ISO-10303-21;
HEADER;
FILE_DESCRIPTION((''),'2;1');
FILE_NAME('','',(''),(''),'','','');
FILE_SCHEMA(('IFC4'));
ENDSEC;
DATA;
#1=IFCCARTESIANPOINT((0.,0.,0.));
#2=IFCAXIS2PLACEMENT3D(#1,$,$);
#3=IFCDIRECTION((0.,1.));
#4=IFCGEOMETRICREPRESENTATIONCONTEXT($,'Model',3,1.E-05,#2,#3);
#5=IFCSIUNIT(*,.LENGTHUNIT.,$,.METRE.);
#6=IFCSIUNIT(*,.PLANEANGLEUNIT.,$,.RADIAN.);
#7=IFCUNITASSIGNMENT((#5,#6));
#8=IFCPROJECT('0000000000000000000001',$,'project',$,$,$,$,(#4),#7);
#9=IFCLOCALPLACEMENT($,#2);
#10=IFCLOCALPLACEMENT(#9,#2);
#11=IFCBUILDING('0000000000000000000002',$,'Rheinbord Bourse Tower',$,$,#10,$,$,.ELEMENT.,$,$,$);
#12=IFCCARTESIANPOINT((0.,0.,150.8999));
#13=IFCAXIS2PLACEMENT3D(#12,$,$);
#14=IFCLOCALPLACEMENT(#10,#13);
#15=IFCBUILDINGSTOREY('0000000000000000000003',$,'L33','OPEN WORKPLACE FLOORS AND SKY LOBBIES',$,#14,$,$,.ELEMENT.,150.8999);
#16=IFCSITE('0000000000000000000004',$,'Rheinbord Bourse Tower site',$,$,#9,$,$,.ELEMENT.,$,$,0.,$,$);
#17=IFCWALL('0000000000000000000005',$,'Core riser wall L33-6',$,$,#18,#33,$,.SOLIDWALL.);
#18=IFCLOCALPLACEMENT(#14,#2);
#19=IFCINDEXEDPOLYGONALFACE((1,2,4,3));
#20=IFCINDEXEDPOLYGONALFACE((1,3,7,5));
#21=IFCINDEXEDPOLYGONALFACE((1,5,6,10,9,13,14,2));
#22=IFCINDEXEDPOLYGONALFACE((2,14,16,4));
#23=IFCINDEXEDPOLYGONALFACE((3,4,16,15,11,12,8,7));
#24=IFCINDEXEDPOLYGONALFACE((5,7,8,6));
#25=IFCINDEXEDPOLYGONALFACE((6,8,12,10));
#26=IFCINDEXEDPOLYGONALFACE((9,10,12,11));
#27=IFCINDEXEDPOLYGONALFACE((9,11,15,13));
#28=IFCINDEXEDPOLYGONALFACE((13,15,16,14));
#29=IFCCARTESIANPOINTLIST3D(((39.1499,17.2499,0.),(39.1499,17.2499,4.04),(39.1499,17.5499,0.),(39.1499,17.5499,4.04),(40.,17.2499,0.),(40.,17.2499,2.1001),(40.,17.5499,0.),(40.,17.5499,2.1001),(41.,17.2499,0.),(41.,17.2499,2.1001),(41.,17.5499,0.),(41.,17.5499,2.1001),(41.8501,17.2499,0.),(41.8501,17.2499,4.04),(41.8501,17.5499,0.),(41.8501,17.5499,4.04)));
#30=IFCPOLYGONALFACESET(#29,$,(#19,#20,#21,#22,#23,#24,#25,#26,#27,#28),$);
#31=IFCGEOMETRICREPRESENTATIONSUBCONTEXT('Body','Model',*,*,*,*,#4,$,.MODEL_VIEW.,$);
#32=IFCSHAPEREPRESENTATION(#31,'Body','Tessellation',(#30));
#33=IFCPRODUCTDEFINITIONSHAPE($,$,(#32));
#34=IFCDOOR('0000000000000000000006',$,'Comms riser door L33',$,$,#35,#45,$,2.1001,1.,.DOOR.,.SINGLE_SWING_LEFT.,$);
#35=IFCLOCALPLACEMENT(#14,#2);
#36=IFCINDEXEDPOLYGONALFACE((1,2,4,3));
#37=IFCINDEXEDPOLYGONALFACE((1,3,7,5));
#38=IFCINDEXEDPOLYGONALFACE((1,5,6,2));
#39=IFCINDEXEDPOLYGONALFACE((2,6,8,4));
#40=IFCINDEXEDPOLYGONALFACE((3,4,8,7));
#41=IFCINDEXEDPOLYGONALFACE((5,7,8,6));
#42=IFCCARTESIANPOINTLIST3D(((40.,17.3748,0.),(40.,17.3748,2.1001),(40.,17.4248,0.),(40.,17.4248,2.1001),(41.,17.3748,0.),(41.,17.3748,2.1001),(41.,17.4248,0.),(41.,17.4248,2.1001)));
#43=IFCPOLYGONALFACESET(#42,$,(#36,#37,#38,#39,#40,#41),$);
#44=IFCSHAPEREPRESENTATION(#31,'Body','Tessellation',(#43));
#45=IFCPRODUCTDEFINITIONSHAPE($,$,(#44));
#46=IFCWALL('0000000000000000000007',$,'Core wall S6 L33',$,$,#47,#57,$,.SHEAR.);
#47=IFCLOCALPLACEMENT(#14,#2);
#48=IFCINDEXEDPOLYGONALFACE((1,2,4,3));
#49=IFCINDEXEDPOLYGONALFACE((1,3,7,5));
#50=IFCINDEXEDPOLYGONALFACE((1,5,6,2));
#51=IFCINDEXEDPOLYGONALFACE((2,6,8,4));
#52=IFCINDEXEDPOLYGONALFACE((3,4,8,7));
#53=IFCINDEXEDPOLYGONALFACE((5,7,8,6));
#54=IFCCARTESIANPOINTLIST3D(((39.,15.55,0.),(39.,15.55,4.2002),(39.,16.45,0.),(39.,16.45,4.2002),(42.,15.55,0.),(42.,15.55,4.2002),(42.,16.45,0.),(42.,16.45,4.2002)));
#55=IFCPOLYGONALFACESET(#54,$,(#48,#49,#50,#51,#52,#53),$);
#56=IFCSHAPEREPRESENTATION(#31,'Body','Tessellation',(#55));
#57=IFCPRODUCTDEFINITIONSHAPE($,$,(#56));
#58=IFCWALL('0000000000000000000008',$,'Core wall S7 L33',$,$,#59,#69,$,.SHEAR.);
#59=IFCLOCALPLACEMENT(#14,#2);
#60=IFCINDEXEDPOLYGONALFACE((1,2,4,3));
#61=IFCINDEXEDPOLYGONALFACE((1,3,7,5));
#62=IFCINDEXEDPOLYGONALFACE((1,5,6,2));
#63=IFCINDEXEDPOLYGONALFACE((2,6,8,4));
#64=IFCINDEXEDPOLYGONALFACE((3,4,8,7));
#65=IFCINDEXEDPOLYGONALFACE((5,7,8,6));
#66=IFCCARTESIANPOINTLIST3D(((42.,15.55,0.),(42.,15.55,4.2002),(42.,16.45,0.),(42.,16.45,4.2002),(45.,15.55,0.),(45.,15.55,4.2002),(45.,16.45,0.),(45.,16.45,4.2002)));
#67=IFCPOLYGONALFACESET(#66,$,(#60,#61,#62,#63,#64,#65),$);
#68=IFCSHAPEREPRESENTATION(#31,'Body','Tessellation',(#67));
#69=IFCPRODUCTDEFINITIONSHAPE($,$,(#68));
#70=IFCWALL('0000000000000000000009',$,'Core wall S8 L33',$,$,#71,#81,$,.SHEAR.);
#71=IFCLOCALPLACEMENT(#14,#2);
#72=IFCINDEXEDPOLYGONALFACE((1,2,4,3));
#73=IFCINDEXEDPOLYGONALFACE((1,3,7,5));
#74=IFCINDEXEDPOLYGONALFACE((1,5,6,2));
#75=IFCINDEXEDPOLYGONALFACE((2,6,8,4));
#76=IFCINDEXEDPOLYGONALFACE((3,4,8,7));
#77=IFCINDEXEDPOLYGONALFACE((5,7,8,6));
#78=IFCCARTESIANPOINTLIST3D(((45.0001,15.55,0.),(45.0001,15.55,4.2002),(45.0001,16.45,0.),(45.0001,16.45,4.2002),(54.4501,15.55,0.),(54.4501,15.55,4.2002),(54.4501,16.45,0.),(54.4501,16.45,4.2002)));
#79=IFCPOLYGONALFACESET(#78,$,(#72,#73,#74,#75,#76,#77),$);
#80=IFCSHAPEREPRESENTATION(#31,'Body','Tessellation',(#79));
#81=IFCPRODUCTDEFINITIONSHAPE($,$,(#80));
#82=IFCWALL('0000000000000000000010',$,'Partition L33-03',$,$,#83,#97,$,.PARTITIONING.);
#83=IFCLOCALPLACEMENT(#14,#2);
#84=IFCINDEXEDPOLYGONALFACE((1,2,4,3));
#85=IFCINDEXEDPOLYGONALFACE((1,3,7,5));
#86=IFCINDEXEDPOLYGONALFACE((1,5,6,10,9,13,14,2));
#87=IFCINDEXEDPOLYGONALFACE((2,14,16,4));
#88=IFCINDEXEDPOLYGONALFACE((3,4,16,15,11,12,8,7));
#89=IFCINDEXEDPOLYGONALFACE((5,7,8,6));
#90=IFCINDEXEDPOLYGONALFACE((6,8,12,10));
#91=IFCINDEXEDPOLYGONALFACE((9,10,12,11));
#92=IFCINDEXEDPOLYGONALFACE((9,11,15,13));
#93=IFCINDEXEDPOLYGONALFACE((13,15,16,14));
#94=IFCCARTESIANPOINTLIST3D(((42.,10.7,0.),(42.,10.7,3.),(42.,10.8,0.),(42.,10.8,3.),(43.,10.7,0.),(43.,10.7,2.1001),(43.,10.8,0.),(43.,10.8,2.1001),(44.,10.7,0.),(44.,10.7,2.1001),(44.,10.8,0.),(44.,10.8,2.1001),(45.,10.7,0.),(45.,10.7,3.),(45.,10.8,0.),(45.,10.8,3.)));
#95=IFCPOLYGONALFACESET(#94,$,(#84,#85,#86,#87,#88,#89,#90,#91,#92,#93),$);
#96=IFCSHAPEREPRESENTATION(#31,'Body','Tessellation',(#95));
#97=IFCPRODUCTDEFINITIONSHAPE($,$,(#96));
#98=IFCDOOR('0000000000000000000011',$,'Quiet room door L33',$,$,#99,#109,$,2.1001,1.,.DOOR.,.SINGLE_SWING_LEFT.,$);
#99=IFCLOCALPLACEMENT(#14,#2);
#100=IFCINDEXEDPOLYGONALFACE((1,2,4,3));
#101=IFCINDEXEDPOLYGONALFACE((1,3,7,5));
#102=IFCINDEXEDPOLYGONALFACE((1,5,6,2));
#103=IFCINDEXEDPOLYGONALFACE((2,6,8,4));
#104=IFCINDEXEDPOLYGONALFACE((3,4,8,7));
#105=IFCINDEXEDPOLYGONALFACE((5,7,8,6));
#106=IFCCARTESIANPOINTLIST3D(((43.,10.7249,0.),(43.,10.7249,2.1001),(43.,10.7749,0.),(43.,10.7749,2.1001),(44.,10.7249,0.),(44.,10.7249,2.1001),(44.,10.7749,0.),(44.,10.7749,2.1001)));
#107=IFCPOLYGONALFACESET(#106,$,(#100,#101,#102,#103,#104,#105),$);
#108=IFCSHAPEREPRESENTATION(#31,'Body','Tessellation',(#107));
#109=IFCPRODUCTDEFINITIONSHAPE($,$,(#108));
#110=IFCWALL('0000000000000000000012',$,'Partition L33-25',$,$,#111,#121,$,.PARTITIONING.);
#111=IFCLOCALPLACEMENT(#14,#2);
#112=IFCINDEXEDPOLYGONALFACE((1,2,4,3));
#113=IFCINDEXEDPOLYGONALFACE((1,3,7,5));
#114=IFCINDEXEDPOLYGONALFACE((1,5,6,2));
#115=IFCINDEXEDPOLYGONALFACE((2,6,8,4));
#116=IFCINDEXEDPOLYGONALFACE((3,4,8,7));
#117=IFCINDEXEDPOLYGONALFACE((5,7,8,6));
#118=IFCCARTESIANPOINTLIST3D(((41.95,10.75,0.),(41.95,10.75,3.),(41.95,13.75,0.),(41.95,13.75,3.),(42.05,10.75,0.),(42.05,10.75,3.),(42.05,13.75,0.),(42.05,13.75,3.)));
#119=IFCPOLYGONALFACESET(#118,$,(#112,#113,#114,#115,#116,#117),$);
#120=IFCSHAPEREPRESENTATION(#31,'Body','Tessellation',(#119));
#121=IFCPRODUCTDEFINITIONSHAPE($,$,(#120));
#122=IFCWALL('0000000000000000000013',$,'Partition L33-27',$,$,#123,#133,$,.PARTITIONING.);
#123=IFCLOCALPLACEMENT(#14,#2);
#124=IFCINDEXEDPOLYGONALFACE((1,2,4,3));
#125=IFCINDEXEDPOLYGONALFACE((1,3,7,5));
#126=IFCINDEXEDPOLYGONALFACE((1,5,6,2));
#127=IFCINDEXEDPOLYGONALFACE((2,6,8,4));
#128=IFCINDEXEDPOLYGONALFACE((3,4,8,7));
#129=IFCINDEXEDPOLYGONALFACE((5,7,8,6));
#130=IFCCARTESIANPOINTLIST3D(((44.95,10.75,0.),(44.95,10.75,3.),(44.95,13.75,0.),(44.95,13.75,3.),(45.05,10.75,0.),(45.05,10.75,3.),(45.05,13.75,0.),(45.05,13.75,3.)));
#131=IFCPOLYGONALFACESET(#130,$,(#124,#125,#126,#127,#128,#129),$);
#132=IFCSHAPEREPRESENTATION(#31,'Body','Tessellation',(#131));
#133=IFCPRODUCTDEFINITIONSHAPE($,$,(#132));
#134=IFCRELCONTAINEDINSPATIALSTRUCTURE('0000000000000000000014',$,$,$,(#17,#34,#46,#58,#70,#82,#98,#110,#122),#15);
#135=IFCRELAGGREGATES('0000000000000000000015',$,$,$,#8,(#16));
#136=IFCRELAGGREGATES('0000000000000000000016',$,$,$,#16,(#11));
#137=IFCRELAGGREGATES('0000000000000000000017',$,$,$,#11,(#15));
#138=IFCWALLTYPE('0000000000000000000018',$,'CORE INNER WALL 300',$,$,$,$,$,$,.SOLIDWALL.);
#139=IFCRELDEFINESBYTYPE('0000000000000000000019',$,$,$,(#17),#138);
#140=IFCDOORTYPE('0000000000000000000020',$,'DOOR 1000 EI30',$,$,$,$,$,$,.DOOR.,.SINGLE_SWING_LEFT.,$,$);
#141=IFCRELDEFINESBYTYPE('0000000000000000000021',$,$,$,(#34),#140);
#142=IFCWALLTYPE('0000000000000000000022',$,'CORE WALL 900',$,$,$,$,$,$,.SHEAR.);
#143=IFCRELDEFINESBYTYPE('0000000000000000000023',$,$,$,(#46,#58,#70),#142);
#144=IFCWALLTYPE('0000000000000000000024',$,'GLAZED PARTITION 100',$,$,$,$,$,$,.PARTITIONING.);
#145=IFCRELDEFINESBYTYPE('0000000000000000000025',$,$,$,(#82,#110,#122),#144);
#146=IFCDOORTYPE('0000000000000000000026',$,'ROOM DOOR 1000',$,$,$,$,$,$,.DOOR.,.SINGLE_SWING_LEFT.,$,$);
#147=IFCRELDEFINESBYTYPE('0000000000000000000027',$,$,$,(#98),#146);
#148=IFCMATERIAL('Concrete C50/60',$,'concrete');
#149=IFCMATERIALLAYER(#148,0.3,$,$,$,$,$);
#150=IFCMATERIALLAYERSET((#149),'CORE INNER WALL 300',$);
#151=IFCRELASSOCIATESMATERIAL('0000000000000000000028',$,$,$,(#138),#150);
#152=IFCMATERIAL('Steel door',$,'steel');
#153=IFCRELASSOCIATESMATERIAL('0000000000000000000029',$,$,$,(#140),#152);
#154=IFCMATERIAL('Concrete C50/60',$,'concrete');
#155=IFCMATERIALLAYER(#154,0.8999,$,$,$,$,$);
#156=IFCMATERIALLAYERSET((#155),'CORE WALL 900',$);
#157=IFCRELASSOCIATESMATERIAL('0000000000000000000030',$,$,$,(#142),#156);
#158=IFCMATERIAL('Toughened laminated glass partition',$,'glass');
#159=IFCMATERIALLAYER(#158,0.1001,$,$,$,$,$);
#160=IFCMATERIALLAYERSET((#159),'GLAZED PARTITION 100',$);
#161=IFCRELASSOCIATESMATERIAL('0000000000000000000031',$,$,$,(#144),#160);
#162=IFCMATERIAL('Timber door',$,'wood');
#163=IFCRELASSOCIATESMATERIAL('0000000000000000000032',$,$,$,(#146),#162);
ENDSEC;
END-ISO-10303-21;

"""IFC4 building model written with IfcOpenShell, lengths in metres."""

from ifc_helpers import new_model, si_unit, direction, frame, frame_2d, origin, place, context, subcontext, project, spatial, rectangle, extrude, material, layer, layer_set, type_object, element, fill, save


model = new_model("IFC4")

# Units and contexts
model_context = context("Model", 3, precision=1e-05, world=origin(), true_north=direction((0.0, 1.0)))
body_context = subcontext(model_context, "Body", "Model", "MODEL_VIEW")
ifc_project = project(units=[si_unit("LENGTHUNIT", "METRE"), si_unit("PLANEANGLEUNIT", "RADIAN")], contexts=[model_context])

# Site, building, storey
site_placement = place(None, origin())
site = spatial("IfcSite", under=ifc_project, at=site_placement, Name="Rheinbord Bourse Tower site", CompositionType="ELEMENT", RefElevation=0.0)
building_placement = place(site_placement, origin())
building = spatial("IfcBuilding", under=site, at=building_placement, Name="Rheinbord Bourse Tower", CompositionType="ELEMENT")
storey_placement = place(building_placement, frame((0.0, 0.0, 150.8999)))
storey = spatial("IfcBuildingStorey", under=building, at=storey_placement, Name="L33", Description="OPEN WORKPLACE FLOORS AND SKY LOBBIES", CompositionType="ELEMENT", Elevation=150.8999)

# Shared definitions
ifc_material_1 = material(Name="Concrete C50/60", Category="concrete")
ifc_layer_1 = layer(ifc_material_1, 0.3)
ifc_layer_set_1 = layer_set([ifc_layer_1], Name="CORE INNER WALL 300")
wall_type_1 = type_object("IfcWallType", Name="CORE INNER WALL 300", PredefinedType="SOLIDWALL", material=ifc_layer_set_1)
ifc_material_2 = material(Name="Steel door", Category="steel")
door_type_1 = type_object("IfcDoorType", Name="DOOR 1000 EI30", OperationType="SINGLE_SWING_LEFT", PredefinedType="DOOR", material=ifc_material_2)

# Wall, opening, door
wall_1_placement = place(storey_placement, frame((39.1499, 17.3999, 0.0), z_axis=(0.0, 0.0, 1.0), x_axis=(1.0, 0.0, 0.0)))
wall_1 = element("IfcWall", 1, at=wall_1_placement, inside=storey, type_object=wall_type_1, Name="Core riser wall L33-6", PredefinedType="SOLIDWALL", context=body_context, shape_type="SweptSolid", body=[
    extrude(rectangle(XDim=2.7002, YDim=0.3, at=frame_2d((1.3501, 0.0))), origin(), (0.0, 0.0, 1.0), 4.04),
])
opening_1_placement = place(wall_1_placement, frame((0.8501, 0.0, 0.0)))
opening_1 = element("IfcOpeningElement", 2, at=opening_1_placement, cuts=wall_1, PredefinedType="OPENING", context=body_context, shape_type="SweptSolid", body=[
    extrude(rectangle(XDim=1.0, YDim=2.1001, at=frame_2d((0.5, 1.05))), frame((0.0, 0.1599, 0.0), z_axis=(0.0, -1.0, 0.0), x_axis=(1.0, 0.0, 0.0)), (0.0, 0.0, 1.0), 0.3201),
])
door_1_placement = place(opening_1_placement, origin())
door_1 = element("IfcDoor", 3, at=door_1_placement, inside=storey, type_object=door_type_1, Name="Comms riser door L33", OperationType="SINGLE_SWING_LEFT", OverallHeight=2.1001, OverallWidth=1.0, PredefinedType="DOOR", context=body_context, shape_type="SweptSolid", body=[
    extrude(rectangle(XDim=1.0, YDim=2.1001, at=frame_2d((0.5, 1.05))), frame((0.0, 0.0249, 0.0), z_axis=(0.0, -1.0, 0.0), x_axis=(1.0, 0.0, 0.0)), (0.0, 0.0, 1.0), 0.05),
])
fill(opening_1, door_1)

# Walls
ifc_material_3 = material(Name="Concrete C50/60", Category="concrete")
ifc_layer_2 = layer(ifc_material_3, 0.8999)
ifc_layer_set_2 = layer_set([ifc_layer_2], Name="CORE WALL 900")
wall_type_2 = type_object("IfcWallType", Name="CORE WALL 900", PredefinedType="SHEAR", material=ifc_layer_set_2)
for number, where, z_axis, x_axis, name in (
    (4, (39.0, 16.0, 0.0), (0.0, 0.0, 1.0), (1.0, 0.0, 0.0), "Core wall S6 L33"),
    (5, (42.0, 16.0, 0.0), (0.0, 0.0, 1.0), (1.0, 0.0, 0.0), "Core wall S7 L33"),
):
    element("IfcWall", number, at=place(storey_placement, frame(where, z_axis=z_axis, x_axis=x_axis)), inside=storey, type_object=wall_type_2, Name=name, PredefinedType="SHEAR", context=body_context, shape_type="SweptSolid", body=[
        extrude(rectangle(XDim=3.0, YDim=0.8999, at=frame_2d((1.5, 0.0))), origin(), (0.0, 0.0, 1.0), 4.2002),
    ])
wall_2_placement = place(storey_placement, frame((45.0, 16.0, 0.0), z_axis=(0.0, 0.0, 1.0), x_axis=(1.0, 0.0, 0.0)))
element("IfcWall", 6, at=wall_2_placement, inside=storey, type_object=wall_type_2, Name="Core wall S8 L33", PredefinedType="SHEAR", context=body_context, shape_type="SweptSolid", body=[
    extrude(rectangle(XDim=9.45, YDim=0.8999, at=frame_2d((4.7251, 0.0))), origin(), (0.0, 0.0, 1.0), 4.2002),
])

# Wall, opening, door
ifc_material_4 = material(Name="Toughened laminated glass partition", Category="glass")
ifc_layer_3 = layer(ifc_material_4, 0.1001)
ifc_layer_set_3 = layer_set([ifc_layer_3], Name="GLAZED PARTITION 100")
wall_type_3 = type_object("IfcWallType", Name="GLAZED PARTITION 100", PredefinedType="PARTITIONING", material=ifc_layer_set_3)
wall_3_placement = place(storey_placement, frame((42.0, 10.75, 0.0), z_axis=(0.0, 0.0, 1.0), x_axis=(1.0, 0.0, 0.0)))
wall_3 = element("IfcWall", 7, at=wall_3_placement, inside=storey, type_object=wall_type_3, Name="Partition L33-03", PredefinedType="PARTITIONING", context=body_context, shape_type="SweptSolid", body=[
    extrude(rectangle(XDim=3.0, YDim=0.1001, at=frame_2d((1.5, 0.0))), origin(), (0.0, 0.0, 1.0), 3.0),
])
opening_2_placement = place(wall_3_placement, frame((1.0, 0.0, 0.0)))
opening_2 = element("IfcOpeningElement", 8, at=opening_2_placement, cuts=wall_3, PredefinedType="OPENING", context=body_context, shape_type="SweptSolid", body=[
    extrude(rectangle(XDim=1.0, YDim=2.1001, at=frame_2d((0.5, 1.05))), frame((0.0, 0.0601, 0.0), z_axis=(0.0, -1.0, 0.0), x_axis=(1.0, 0.0, 0.0)), (0.0, 0.0, 1.0), 0.1201),
])
ifc_material_5 = material(Name="Timber door", Category="wood")
door_type_2 = type_object("IfcDoorType", Name="ROOM DOOR 1000", OperationType="SINGLE_SWING_LEFT", PredefinedType="DOOR", material=ifc_material_5)
door_2_placement = place(opening_2_placement, origin())
door_2 = element("IfcDoor", 9, at=door_2_placement, inside=storey, type_object=door_type_2, Name="Quiet room door L33", OperationType="SINGLE_SWING_LEFT", OverallHeight=2.1001, OverallWidth=1.0, PredefinedType="DOOR", context=body_context, shape_type="SweptSolid", body=[
    extrude(rectangle(XDim=1.0, YDim=2.1001, at=frame_2d((0.5, 1.05))), frame((0.0, 0.0249, 0.0), z_axis=(0.0, -1.0, 0.0), x_axis=(1.0, 0.0, 0.0)), (0.0, 0.0, 1.0), 0.05),
])
fill(opening_2, door_2)

# Walls
for number, where, z_axis, x_axis, name in (
    (10, (42.0, 10.75, 0.0), (0.0, 0.0, 1.0), (0.0, 1.0, 0.0), "Partition L33-25"),
    (11, (45.0, 10.75, 0.0), (0.0, 0.0, 1.0), (0.0, 1.0, 0.0), "Partition L33-27"),
):
    element("IfcWall", number, at=place(storey_placement, frame(where, z_axis=z_axis, x_axis=x_axis)), inside=storey, type_object=wall_type_3, Name=name, PredefinedType="PARTITIONING", context=body_context, shape_type="SweptSolid", body=[
        extrude(rectangle(XDim=3.0, YDim=0.1001, at=frame_2d((1.5, 0.0))), origin(), (0.0, 0.0, 1.0), 3.0),
    ])

save(model, "model.ifc")
